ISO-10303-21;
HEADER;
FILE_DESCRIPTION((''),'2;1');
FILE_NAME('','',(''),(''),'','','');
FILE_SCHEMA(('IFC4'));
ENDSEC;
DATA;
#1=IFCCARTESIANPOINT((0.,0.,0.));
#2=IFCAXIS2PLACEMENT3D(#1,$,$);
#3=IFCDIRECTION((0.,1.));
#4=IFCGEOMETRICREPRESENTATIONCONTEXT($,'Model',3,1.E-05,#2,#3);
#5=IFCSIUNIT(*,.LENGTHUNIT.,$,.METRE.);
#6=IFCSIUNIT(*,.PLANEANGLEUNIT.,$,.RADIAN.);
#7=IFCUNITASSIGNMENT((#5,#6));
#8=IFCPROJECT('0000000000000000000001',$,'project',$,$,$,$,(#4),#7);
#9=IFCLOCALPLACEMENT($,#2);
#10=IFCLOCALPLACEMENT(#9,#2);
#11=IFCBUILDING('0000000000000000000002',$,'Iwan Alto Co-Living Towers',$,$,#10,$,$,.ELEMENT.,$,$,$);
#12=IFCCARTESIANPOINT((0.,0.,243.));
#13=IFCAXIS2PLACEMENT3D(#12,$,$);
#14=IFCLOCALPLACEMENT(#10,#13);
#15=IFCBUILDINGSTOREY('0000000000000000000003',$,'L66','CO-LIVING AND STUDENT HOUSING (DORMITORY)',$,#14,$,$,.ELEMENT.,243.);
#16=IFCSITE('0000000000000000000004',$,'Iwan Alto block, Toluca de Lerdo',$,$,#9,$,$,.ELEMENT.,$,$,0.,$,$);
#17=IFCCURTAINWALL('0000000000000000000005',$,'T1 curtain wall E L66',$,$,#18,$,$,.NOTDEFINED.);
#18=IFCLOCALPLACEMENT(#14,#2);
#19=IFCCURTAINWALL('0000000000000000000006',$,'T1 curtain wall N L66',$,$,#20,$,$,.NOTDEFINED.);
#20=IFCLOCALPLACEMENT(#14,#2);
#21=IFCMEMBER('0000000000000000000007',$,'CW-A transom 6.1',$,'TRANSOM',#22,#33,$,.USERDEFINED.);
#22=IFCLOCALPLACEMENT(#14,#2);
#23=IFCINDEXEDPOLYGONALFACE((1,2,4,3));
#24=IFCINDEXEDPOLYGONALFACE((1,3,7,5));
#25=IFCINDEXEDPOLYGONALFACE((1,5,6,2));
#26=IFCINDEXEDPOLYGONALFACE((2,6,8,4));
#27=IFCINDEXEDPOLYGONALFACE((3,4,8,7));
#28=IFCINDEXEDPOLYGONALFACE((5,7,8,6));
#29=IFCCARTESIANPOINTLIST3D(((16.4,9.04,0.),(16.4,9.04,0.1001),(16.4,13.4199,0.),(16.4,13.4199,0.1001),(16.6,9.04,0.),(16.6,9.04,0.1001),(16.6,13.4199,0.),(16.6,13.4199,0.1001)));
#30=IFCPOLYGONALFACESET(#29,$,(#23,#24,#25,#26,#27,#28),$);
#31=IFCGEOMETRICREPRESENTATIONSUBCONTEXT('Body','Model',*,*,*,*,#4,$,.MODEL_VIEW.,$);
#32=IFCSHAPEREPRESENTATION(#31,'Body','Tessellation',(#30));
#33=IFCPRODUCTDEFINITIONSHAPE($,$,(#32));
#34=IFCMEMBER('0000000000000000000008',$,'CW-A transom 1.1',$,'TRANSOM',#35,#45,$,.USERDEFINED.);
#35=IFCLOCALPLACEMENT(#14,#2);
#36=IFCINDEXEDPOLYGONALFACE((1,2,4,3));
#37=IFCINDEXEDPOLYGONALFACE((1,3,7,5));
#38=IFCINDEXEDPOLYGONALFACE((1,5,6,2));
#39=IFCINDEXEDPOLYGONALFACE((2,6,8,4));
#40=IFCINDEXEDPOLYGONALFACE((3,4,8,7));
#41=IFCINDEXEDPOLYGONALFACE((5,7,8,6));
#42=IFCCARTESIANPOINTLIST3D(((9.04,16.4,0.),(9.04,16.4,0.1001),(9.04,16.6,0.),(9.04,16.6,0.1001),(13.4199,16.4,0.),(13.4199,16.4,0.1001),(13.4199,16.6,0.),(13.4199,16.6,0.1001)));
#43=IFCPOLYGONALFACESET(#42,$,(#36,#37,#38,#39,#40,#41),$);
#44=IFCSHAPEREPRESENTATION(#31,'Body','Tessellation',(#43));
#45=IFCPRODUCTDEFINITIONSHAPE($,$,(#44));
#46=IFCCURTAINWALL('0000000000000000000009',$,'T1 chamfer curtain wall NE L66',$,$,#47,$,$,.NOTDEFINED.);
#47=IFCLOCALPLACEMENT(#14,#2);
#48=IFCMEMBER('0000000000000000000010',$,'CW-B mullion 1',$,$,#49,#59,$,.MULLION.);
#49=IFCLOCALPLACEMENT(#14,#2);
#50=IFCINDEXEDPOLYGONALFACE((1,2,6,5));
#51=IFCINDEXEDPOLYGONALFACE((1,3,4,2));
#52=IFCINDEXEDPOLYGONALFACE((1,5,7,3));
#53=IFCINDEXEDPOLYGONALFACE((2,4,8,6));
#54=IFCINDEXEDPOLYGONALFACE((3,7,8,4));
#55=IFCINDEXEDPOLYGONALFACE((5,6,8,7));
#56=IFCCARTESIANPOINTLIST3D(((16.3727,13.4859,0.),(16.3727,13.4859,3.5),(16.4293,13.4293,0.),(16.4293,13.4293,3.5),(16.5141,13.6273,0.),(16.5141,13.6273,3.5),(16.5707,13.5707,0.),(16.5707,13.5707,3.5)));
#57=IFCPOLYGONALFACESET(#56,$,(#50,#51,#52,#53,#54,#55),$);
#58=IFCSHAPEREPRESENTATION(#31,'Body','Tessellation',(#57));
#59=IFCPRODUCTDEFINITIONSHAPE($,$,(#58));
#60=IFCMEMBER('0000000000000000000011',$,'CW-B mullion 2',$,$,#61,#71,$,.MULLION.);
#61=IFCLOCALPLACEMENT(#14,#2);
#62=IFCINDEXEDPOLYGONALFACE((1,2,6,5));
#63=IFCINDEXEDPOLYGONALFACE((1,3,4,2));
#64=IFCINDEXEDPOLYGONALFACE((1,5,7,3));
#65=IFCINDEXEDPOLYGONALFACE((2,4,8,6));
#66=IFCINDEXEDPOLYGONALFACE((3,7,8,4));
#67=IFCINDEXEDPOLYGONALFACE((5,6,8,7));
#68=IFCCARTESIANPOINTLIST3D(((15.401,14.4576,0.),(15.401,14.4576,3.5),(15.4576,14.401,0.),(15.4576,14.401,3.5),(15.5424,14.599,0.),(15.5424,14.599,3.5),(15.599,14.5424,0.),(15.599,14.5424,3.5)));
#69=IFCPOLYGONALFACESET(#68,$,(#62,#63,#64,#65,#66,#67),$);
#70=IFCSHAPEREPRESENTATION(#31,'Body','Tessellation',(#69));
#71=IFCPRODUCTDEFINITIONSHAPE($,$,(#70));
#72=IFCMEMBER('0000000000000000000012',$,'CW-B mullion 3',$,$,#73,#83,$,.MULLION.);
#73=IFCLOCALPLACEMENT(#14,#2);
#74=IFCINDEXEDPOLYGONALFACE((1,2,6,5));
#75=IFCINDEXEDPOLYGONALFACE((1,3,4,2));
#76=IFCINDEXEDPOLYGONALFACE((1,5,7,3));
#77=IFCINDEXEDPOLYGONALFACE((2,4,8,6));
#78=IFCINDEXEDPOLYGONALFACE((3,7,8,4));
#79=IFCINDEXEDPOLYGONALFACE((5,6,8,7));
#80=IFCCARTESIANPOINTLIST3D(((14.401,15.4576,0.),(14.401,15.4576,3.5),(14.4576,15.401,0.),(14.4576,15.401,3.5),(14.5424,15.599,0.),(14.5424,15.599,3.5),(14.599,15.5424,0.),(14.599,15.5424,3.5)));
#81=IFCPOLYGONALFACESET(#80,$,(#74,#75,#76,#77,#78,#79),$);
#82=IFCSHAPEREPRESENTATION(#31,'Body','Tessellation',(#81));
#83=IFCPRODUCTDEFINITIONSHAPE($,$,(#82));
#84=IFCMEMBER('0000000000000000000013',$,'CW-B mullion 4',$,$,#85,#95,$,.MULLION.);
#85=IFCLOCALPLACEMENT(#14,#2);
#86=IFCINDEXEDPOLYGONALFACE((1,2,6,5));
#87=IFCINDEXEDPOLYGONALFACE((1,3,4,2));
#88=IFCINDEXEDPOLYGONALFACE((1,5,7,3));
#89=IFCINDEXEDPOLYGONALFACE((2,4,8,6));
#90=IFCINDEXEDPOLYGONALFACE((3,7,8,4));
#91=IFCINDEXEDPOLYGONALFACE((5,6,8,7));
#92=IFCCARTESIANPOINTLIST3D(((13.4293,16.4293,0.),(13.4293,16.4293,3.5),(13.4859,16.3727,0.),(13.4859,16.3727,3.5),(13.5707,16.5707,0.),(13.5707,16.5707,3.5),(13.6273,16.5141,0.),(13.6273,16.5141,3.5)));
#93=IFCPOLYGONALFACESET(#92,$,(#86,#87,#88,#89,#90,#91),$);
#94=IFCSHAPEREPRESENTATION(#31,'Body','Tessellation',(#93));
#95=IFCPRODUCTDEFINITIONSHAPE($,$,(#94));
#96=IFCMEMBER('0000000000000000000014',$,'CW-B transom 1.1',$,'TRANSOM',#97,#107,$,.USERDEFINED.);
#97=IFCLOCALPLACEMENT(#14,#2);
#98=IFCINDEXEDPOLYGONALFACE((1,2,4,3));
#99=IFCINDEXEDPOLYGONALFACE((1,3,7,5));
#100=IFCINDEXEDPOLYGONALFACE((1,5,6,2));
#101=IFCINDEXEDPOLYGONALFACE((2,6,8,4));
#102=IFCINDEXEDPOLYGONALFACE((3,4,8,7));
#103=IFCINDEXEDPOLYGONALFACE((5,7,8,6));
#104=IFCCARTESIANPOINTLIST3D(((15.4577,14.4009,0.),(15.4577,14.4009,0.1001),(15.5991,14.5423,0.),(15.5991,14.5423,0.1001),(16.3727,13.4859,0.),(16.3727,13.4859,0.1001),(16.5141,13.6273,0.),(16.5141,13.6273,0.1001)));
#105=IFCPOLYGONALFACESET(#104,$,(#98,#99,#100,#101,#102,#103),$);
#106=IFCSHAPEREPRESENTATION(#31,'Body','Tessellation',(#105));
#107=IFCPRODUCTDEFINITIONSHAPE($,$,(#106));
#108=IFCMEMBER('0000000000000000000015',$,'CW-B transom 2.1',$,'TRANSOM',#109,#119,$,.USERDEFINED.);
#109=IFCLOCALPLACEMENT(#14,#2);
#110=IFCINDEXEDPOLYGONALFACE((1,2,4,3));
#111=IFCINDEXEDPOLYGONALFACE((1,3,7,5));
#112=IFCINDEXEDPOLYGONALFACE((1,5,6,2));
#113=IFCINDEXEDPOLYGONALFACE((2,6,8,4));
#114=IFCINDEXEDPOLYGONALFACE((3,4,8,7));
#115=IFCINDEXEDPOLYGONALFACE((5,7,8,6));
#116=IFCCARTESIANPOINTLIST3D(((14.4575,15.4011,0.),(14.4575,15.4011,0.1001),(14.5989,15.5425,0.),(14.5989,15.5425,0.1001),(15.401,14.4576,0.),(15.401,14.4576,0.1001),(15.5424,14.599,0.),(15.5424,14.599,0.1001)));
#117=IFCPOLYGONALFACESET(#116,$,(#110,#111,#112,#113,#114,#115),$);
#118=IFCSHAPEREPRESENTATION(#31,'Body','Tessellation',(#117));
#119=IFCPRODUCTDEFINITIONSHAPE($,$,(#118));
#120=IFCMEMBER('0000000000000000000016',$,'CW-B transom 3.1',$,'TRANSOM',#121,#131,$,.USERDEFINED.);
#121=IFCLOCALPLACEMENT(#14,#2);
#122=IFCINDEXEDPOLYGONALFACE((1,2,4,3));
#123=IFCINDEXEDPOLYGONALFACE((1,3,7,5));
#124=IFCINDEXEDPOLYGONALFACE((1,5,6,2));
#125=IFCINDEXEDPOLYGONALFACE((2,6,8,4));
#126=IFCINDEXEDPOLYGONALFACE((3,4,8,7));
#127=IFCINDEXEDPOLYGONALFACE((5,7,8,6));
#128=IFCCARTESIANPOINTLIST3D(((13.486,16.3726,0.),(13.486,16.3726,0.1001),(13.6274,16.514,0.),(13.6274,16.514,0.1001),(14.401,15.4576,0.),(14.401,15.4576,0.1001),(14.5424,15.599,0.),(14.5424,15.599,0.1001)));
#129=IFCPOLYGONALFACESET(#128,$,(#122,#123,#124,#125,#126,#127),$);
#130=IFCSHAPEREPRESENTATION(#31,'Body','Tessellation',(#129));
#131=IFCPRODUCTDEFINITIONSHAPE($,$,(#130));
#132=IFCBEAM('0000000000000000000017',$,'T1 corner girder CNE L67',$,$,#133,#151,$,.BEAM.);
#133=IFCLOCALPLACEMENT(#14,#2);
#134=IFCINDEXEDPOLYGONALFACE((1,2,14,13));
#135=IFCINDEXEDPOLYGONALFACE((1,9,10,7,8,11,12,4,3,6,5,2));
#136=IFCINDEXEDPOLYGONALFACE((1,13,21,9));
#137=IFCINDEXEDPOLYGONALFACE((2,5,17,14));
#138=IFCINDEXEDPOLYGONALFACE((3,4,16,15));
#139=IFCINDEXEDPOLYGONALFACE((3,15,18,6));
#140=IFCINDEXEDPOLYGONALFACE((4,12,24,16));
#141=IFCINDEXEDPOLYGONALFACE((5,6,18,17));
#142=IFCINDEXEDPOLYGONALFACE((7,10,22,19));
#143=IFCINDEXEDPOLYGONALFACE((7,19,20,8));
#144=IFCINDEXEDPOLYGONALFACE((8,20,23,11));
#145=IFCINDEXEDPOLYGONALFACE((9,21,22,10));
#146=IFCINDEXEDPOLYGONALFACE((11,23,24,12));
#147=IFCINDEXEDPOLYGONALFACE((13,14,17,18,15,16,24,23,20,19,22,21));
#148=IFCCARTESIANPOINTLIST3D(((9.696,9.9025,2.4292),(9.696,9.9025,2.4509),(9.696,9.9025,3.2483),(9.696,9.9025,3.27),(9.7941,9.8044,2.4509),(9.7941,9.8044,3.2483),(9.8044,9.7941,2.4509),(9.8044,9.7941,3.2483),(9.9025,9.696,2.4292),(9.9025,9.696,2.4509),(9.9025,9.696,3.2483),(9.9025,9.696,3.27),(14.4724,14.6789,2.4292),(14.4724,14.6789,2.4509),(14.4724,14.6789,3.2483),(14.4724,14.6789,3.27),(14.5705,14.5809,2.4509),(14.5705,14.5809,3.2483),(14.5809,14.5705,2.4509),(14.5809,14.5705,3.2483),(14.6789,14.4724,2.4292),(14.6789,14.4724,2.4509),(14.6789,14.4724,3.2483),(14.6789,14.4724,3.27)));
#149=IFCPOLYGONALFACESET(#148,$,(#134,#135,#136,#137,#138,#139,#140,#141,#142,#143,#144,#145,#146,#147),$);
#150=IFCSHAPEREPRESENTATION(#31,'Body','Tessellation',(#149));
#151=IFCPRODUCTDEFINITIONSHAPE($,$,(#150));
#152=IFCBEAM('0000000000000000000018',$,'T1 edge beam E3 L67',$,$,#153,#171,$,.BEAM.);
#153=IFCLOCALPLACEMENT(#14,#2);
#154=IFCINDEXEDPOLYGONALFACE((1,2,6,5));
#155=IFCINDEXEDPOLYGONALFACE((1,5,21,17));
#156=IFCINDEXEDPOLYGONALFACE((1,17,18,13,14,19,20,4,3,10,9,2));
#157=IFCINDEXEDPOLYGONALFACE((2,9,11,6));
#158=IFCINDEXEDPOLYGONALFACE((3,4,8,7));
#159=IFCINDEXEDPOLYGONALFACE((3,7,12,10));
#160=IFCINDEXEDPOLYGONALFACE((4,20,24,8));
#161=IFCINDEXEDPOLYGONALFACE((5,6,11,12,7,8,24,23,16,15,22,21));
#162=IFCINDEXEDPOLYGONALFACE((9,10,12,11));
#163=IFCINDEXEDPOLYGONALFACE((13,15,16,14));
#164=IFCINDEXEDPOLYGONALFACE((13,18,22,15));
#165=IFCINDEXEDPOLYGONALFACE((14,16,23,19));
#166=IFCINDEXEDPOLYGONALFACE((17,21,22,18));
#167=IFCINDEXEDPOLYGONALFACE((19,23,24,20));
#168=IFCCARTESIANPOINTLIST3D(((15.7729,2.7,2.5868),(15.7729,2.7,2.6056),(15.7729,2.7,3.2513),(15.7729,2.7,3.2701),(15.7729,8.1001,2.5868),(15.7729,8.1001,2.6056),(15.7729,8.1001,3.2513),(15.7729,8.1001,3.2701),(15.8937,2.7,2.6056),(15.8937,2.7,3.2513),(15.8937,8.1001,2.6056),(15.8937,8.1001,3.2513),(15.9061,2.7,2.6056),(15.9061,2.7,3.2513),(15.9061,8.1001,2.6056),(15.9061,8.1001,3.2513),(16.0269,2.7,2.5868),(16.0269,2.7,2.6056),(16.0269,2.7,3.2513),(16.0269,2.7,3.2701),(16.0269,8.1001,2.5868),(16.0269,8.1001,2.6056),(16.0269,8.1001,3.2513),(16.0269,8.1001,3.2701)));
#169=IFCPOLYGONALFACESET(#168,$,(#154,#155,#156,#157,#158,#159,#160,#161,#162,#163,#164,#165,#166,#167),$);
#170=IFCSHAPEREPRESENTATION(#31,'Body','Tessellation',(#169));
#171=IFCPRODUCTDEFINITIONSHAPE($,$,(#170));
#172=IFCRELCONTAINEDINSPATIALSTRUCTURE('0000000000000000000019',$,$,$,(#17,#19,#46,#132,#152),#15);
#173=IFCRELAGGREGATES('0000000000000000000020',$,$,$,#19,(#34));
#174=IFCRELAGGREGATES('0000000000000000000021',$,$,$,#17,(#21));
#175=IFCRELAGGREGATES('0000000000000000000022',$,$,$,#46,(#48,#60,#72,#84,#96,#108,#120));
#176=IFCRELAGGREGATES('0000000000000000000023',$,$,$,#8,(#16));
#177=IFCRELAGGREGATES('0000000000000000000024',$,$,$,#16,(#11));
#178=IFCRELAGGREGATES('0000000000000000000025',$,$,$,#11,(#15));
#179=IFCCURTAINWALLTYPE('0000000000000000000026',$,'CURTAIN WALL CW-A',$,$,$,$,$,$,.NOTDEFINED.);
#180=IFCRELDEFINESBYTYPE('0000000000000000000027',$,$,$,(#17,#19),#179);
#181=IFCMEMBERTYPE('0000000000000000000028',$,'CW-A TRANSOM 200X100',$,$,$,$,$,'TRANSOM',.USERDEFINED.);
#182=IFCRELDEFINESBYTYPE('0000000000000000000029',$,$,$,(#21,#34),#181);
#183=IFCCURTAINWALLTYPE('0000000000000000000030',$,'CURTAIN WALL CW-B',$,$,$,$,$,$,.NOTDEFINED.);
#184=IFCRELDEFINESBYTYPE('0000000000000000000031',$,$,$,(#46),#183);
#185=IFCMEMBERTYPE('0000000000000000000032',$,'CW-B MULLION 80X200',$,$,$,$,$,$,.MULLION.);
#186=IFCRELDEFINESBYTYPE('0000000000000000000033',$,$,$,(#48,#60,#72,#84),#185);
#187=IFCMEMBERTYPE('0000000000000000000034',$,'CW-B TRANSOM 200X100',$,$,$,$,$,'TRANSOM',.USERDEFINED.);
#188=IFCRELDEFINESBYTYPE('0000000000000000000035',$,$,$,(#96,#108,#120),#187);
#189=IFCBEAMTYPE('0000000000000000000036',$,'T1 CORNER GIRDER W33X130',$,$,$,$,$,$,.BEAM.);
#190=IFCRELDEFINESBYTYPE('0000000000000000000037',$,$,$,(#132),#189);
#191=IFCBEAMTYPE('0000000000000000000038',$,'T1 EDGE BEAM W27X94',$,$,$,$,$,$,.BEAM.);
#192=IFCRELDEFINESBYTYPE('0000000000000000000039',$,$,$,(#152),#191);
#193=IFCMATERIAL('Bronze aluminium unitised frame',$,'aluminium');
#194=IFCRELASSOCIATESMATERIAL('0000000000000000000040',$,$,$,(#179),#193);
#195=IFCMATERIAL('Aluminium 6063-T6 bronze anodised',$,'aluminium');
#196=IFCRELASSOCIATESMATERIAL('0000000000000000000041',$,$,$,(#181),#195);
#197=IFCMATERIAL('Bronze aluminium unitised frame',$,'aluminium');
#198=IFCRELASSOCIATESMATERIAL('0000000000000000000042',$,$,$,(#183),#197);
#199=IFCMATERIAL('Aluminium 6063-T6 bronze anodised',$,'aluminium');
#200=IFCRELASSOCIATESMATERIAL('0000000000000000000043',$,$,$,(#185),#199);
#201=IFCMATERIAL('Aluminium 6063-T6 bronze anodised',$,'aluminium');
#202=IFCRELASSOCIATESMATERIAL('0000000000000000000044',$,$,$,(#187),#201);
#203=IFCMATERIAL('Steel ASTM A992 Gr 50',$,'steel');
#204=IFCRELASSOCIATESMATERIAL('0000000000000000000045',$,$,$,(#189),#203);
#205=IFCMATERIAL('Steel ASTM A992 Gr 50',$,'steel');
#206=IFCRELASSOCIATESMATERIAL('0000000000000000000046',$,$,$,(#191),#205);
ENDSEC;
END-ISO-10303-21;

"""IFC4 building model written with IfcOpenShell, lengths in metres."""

from ifc_helpers import new_model, si_unit, direction, frame, origin, origin_2d, place, context, subcontext, project, spatial, rectangle, i_section, extrude, material, material_profile, profile_set, type_object, element, aggregate, save


model = new_model("IFC4")

# Units and contexts
model_context = context("Model", 3, precision=1e-05, world=origin(), true_north=direction((0.0, 1.0)))
body_context = subcontext(model_context, "Body", "Model", "MODEL_VIEW")
ifc_project = project(units=[si_unit("LENGTHUNIT", "METRE"), si_unit("PLANEANGLEUNIT", "RADIAN")], contexts=[model_context])

# Site, building, storey
site_placement = place(None, origin())
site = spatial("IfcSite", under=ifc_project, at=site_placement, Name="Iwan Alto block, Toluca de Lerdo", CompositionType="ELEMENT", RefElevation=0.0)
building_placement = place(site_placement, origin())
building = spatial("IfcBuilding", under=site, at=building_placement, Name="Iwan Alto Co-Living Towers", CompositionType="ELEMENT")
storey_placement = place(building_placement, frame((0.0, 0.0, 243.0)))
storey = spatial("IfcBuildingStorey", under=building, at=storey_placement, Name="L66", Description="CO-LIVING AND STUDENT HOUSING (DORMITORY)", CompositionType="ELEMENT", Elevation=243.0)

# Curtain wall
ifc_material_1 = material(Name="Bronze aluminium unitised frame", Category="aluminium")
curtain_wall_type_1 = type_object("IfcCurtainWallType", Name="CURTAIN WALL CW-A", PredefinedType="NOTDEFINED", material=ifc_material_1)
curtain_wall_1_placement = place(storey_placement, origin())
curtain_wall_1 = element("IfcCurtainWall", 1, at=curtain_wall_1_placement, inside=storey, type_object=curtain_wall_type_1, Name="T1 curtain wall E L66", PredefinedType="NOTDEFINED")

# Curtain wall
curtain_wall_2_placement = place(storey_placement, origin())
curtain_wall_2 = element("IfcCurtainWall", 2, at=curtain_wall_2_placement, inside=storey, type_object=curtain_wall_type_1, Name="T1 curtain wall N L66", PredefinedType="NOTDEFINED")

# Members
ifc_material_2 = material(Name="Aluminium 6063-T6 bronze anodised", Category="aluminium")
ifc_material_profile_1 = material_profile(ifc_material_2, rectangle(XDim=0.2, YDim=0.1001, at=origin_2d()), Name="AL 200X100")
ifc_profile_set_1 = profile_set([ifc_material_profile_1], Name="Aluminium 6063-T6 bronze anodised")
member_type_1 = type_object("IfcMemberType", Name="CW-A TRANSOM 200X100", ElementType="TRANSOM", PredefinedType="USERDEFINED", material=ifc_profile_set_1)
member_1_placement = place(storey_placement, frame((16.5, 9.04, 0.05), z_axis=(0.0, 1.0, 0.0), x_axis=(-1.0, 0.0, 0.0)))
member_1 = element("IfcMember", 3, at=member_1_placement, type_object=member_type_1, Name="CW-A transom 6.1", ObjectType="TRANSOM", PredefinedType="USERDEFINED", context=body_context, shape_type="SweptSolid", body=[
    extrude(rectangle(XDim=0.2, YDim=0.1001, at=origin_2d()), origin(), (0.0, 0.0, 1.0), 4.3799),
])
member_2_placement = place(storey_placement, frame((13.4199, 16.5, 0.05), z_axis=(-1.0, 0.0, 0.0), x_axis=(0.0, -1.0, 0.0)))
member_2 = element("IfcMember", 4, at=member_2_placement, type_object=member_type_1, Name="CW-A transom 1.1", ObjectType="TRANSOM", PredefinedType="USERDEFINED", context=body_context, shape_type="SweptSolid", body=[
    extrude(rectangle(XDim=0.2, YDim=0.1001, at=origin_2d()), origin(), (0.0, 0.0, 1.0), 4.3799),
])
aggregate(curtain_wall_2, [member_2])

# Curtain wall, members
ifc_material_3 = material(Name="Bronze aluminium unitised frame", Category="aluminium")
curtain_wall_type_2 = type_object("IfcCurtainWallType", Name="CURTAIN WALL CW-B", PredefinedType="NOTDEFINED", material=ifc_material_3)
curtain_wall_3_placement = place(storey_placement, origin())
curtain_wall_3 = element("IfcCurtainWall", 5, at=curtain_wall_3_placement, inside=storey, type_object=curtain_wall_type_2, Name="T1 chamfer curtain wall NE L66", PredefinedType="NOTDEFINED")
ifc_material_4 = material(Name="Aluminium 6063-T6 bronze anodised", Category="aluminium")
ifc_material_profile_2 = material_profile(ifc_material_4, rectangle(XDim=0.2, YDim=0.0801, at=origin_2d()), Name="AL 80X200")
ifc_profile_set_2 = profile_set([ifc_material_profile_2], Name="Aluminium 6063-T6 bronze anodised")
member_type_2 = type_object("IfcMemberType", Name="CW-B MULLION 80X200", PredefinedType="MULLION", material=ifc_profile_set_2)
member_3_placement = place(storey_placement, frame((16.4717, 13.5283, 0.0), z_axis=(0.0, 0.0, 1.0), x_axis=(-0.707107, -0.707107, 0.0)))
member_3 = element("IfcMember", 6, at=member_3_placement, type_object=member_type_2, Name="CW-B mullion 1", PredefinedType="MULLION", context=body_context, shape_type="SweptSolid", body=[
    extrude(rectangle(XDim=0.2, YDim=0.0801, at=origin_2d()), origin(), (0.0, 0.0, 1.0), 3.5),
])
member_4_placement = place(storey_placement, frame((15.5, 14.5, 0.0), z_axis=(0.0, 0.0, 1.0), x_axis=(-0.707107, -0.707107, 0.0)))
member_4 = element("IfcMember", 7, at=member_4_placement, type_object=member_type_2, Name="CW-B mullion 2", PredefinedType="MULLION", context=body_context, shape_type="SweptSolid", body=[
    extrude(rectangle(XDim=0.2, YDim=0.0801, at=origin_2d()), origin(), (0.0, 0.0, 1.0), 3.5),
])
member_5_placement = place(storey_placement, frame((14.5, 15.5, 0.0), z_axis=(0.0, 0.0, 1.0), x_axis=(-0.707107, -0.707107, 0.0)))
member_5 = element("IfcMember", 8, at=member_5_placement, type_object=member_type_2, Name="CW-B mullion 3", PredefinedType="MULLION", context=body_context, shape_type="SweptSolid", body=[
    extrude(rectangle(XDim=0.2, YDim=0.0801, at=origin_2d()), origin(), (0.0, 0.0, 1.0), 3.5),
])
member_6_placement = place(storey_placement, frame((13.5283, 16.4717, 0.0), z_axis=(0.0, 0.0, 1.0), x_axis=(-0.707107, -0.707107, 0.0)))
member_6 = element("IfcMember", 9, at=member_6_placement, type_object=member_type_2, Name="CW-B mullion 4", PredefinedType="MULLION", context=body_context, shape_type="SweptSolid", body=[
    extrude(rectangle(XDim=0.2, YDim=0.0801, at=origin_2d()), origin(), (0.0, 0.0, 1.0), 3.5),
])
ifc_material_5 = material(Name="Aluminium 6063-T6 bronze anodised", Category="aluminium")
ifc_material_profile_3 = material_profile(ifc_material_5, rectangle(XDim=0.2, YDim=0.1001, at=origin_2d()), Name="AL 200X100")
ifc_profile_set_3 = profile_set([ifc_material_profile_3], Name="Aluminium 6063-T6 bronze anodised")
member_type_3 = type_object("IfcMemberType", Name="CW-B TRANSOM 200X100", ElementType="TRANSOM", PredefinedType="USERDEFINED", material=ifc_profile_set_3)
member_7_placement = place(storey_placement, frame((16.4434, 13.5566, 0.05), z_axis=(-0.707107, 0.707107, 0.0), x_axis=(-0.707107, -0.707107, 0.0)))
member_7 = element("IfcMember", 10, at=member_7_placement, type_object=member_type_3, Name="CW-B transom 1.1", ObjectType="TRANSOM", PredefinedType="USERDEFINED", context=body_context, shape_type="SweptSolid", body=[
    extrude(rectangle(XDim=0.2, YDim=0.1001, at=origin_2d()), origin(), (0.0, 0.0, 1.0), 1.2939),
])
member_8_placement = place(storey_placement, frame((15.4717, 14.5283, 0.05), z_axis=(-0.707107, 0.707107, 0.0), x_axis=(-0.707107, -0.707107, 0.0)))
member_8 = element("IfcMember", 11, at=member_8_placement, type_object=member_type_3, Name="CW-B transom 2.1", ObjectType="TRANSOM", PredefinedType="USERDEFINED", context=body_context, shape_type="SweptSolid", body=[
    extrude(rectangle(XDim=0.2, YDim=0.1001, at=origin_2d()), origin(), (0.0, 0.0, 1.0), 1.3342),
])
member_9_placement = place(storey_placement, frame((14.4717, 15.5283, 0.05), z_axis=(-0.707107, 0.707107, 0.0), x_axis=(-0.707107, -0.707107, 0.0)))
member_9 = element("IfcMember", 12, at=member_9_placement, type_object=member_type_3, Name="CW-B transom 3.1", ObjectType="TRANSOM", PredefinedType="USERDEFINED", context=body_context, shape_type="SweptSolid", body=[
    extrude(rectangle(XDim=0.2, YDim=0.1001, at=origin_2d()), origin(), (0.0, 0.0, 1.0), 1.2939),
])

# Beams
ifc_material_6 = material(Name="Steel ASTM A992 Gr 50", Category="steel")
ifc_material_profile_4 = material_profile(ifc_material_6, i_section(OverallWidth=0.292, OverallDepth=0.8408, WebThickness=0.0146, FlangeThickness=0.0217, at=origin_2d()), Name="W33X130")
ifc_profile_set_4 = profile_set([ifc_material_profile_4], Name="Steel ASTM A992 Gr 50")
beam_type_1 = type_object("IfcBeamType", Name="T1 CORNER GIRDER W33X130", PredefinedType="BEAM", material=ifc_profile_set_4)
beam_1_placement = place(storey_placement, frame((14.5757, 14.5757, 2.8496), z_axis=(-0.707107, -0.707107, 0.0), x_axis=(0.707107, -0.707107, 0.0)))
element("IfcBeam", 13, at=beam_1_placement, inside=storey, type_object=beam_type_1, Name="T1 corner girder CNE L67", PredefinedType="BEAM", context=body_context, shape_type="SweptSolid", body=[
    extrude(i_section(OverallWidth=0.292, OverallDepth=0.8408, WebThickness=0.0146, FlangeThickness=0.0217, at=origin_2d()), origin(), (0.0, 0.0, 1.0), 6.7549),
])
ifc_material_7 = material(Name="Steel ASTM A992 Gr 50", Category="steel")
ifc_material_profile_5 = material_profile(ifc_material_7, i_section(OverallWidth=0.2539, OverallDepth=0.6833, WebThickness=0.0125, FlangeThickness=0.0188, at=origin_2d()), Name="W27X94")
ifc_profile_set_5 = profile_set([ifc_material_profile_5], Name="Steel ASTM A992 Gr 50")
beam_type_2 = type_object("IfcBeamType", Name="T1 EDGE BEAM W27X94", PredefinedType="BEAM", material=ifc_profile_set_5)
beam_2_placement = place(storey_placement, frame((15.8999, 2.7, 2.9285), z_axis=(0.0, 1.0, 0.0), x_axis=(-1.0, 0.0, 0.0)))
element("IfcBeam", 14, at=beam_2_placement, inside=storey, type_object=beam_type_2, Name="T1 edge beam E3 L67", PredefinedType="BEAM", context=body_context, shape_type="SweptSolid", body=[
    extrude(i_section(OverallWidth=0.2539, OverallDepth=0.6833, WebThickness=0.0125, FlangeThickness=0.0188, at=origin_2d()), origin(), (0.0, 0.0, 1.0), 5.4001),
])

aggregate(curtain_wall_1, [member_1])
aggregate(curtain_wall_3, [member_3, member_4, member_5, member_6, member_7, member_8, member_9])

save(model, "model.ifc")
